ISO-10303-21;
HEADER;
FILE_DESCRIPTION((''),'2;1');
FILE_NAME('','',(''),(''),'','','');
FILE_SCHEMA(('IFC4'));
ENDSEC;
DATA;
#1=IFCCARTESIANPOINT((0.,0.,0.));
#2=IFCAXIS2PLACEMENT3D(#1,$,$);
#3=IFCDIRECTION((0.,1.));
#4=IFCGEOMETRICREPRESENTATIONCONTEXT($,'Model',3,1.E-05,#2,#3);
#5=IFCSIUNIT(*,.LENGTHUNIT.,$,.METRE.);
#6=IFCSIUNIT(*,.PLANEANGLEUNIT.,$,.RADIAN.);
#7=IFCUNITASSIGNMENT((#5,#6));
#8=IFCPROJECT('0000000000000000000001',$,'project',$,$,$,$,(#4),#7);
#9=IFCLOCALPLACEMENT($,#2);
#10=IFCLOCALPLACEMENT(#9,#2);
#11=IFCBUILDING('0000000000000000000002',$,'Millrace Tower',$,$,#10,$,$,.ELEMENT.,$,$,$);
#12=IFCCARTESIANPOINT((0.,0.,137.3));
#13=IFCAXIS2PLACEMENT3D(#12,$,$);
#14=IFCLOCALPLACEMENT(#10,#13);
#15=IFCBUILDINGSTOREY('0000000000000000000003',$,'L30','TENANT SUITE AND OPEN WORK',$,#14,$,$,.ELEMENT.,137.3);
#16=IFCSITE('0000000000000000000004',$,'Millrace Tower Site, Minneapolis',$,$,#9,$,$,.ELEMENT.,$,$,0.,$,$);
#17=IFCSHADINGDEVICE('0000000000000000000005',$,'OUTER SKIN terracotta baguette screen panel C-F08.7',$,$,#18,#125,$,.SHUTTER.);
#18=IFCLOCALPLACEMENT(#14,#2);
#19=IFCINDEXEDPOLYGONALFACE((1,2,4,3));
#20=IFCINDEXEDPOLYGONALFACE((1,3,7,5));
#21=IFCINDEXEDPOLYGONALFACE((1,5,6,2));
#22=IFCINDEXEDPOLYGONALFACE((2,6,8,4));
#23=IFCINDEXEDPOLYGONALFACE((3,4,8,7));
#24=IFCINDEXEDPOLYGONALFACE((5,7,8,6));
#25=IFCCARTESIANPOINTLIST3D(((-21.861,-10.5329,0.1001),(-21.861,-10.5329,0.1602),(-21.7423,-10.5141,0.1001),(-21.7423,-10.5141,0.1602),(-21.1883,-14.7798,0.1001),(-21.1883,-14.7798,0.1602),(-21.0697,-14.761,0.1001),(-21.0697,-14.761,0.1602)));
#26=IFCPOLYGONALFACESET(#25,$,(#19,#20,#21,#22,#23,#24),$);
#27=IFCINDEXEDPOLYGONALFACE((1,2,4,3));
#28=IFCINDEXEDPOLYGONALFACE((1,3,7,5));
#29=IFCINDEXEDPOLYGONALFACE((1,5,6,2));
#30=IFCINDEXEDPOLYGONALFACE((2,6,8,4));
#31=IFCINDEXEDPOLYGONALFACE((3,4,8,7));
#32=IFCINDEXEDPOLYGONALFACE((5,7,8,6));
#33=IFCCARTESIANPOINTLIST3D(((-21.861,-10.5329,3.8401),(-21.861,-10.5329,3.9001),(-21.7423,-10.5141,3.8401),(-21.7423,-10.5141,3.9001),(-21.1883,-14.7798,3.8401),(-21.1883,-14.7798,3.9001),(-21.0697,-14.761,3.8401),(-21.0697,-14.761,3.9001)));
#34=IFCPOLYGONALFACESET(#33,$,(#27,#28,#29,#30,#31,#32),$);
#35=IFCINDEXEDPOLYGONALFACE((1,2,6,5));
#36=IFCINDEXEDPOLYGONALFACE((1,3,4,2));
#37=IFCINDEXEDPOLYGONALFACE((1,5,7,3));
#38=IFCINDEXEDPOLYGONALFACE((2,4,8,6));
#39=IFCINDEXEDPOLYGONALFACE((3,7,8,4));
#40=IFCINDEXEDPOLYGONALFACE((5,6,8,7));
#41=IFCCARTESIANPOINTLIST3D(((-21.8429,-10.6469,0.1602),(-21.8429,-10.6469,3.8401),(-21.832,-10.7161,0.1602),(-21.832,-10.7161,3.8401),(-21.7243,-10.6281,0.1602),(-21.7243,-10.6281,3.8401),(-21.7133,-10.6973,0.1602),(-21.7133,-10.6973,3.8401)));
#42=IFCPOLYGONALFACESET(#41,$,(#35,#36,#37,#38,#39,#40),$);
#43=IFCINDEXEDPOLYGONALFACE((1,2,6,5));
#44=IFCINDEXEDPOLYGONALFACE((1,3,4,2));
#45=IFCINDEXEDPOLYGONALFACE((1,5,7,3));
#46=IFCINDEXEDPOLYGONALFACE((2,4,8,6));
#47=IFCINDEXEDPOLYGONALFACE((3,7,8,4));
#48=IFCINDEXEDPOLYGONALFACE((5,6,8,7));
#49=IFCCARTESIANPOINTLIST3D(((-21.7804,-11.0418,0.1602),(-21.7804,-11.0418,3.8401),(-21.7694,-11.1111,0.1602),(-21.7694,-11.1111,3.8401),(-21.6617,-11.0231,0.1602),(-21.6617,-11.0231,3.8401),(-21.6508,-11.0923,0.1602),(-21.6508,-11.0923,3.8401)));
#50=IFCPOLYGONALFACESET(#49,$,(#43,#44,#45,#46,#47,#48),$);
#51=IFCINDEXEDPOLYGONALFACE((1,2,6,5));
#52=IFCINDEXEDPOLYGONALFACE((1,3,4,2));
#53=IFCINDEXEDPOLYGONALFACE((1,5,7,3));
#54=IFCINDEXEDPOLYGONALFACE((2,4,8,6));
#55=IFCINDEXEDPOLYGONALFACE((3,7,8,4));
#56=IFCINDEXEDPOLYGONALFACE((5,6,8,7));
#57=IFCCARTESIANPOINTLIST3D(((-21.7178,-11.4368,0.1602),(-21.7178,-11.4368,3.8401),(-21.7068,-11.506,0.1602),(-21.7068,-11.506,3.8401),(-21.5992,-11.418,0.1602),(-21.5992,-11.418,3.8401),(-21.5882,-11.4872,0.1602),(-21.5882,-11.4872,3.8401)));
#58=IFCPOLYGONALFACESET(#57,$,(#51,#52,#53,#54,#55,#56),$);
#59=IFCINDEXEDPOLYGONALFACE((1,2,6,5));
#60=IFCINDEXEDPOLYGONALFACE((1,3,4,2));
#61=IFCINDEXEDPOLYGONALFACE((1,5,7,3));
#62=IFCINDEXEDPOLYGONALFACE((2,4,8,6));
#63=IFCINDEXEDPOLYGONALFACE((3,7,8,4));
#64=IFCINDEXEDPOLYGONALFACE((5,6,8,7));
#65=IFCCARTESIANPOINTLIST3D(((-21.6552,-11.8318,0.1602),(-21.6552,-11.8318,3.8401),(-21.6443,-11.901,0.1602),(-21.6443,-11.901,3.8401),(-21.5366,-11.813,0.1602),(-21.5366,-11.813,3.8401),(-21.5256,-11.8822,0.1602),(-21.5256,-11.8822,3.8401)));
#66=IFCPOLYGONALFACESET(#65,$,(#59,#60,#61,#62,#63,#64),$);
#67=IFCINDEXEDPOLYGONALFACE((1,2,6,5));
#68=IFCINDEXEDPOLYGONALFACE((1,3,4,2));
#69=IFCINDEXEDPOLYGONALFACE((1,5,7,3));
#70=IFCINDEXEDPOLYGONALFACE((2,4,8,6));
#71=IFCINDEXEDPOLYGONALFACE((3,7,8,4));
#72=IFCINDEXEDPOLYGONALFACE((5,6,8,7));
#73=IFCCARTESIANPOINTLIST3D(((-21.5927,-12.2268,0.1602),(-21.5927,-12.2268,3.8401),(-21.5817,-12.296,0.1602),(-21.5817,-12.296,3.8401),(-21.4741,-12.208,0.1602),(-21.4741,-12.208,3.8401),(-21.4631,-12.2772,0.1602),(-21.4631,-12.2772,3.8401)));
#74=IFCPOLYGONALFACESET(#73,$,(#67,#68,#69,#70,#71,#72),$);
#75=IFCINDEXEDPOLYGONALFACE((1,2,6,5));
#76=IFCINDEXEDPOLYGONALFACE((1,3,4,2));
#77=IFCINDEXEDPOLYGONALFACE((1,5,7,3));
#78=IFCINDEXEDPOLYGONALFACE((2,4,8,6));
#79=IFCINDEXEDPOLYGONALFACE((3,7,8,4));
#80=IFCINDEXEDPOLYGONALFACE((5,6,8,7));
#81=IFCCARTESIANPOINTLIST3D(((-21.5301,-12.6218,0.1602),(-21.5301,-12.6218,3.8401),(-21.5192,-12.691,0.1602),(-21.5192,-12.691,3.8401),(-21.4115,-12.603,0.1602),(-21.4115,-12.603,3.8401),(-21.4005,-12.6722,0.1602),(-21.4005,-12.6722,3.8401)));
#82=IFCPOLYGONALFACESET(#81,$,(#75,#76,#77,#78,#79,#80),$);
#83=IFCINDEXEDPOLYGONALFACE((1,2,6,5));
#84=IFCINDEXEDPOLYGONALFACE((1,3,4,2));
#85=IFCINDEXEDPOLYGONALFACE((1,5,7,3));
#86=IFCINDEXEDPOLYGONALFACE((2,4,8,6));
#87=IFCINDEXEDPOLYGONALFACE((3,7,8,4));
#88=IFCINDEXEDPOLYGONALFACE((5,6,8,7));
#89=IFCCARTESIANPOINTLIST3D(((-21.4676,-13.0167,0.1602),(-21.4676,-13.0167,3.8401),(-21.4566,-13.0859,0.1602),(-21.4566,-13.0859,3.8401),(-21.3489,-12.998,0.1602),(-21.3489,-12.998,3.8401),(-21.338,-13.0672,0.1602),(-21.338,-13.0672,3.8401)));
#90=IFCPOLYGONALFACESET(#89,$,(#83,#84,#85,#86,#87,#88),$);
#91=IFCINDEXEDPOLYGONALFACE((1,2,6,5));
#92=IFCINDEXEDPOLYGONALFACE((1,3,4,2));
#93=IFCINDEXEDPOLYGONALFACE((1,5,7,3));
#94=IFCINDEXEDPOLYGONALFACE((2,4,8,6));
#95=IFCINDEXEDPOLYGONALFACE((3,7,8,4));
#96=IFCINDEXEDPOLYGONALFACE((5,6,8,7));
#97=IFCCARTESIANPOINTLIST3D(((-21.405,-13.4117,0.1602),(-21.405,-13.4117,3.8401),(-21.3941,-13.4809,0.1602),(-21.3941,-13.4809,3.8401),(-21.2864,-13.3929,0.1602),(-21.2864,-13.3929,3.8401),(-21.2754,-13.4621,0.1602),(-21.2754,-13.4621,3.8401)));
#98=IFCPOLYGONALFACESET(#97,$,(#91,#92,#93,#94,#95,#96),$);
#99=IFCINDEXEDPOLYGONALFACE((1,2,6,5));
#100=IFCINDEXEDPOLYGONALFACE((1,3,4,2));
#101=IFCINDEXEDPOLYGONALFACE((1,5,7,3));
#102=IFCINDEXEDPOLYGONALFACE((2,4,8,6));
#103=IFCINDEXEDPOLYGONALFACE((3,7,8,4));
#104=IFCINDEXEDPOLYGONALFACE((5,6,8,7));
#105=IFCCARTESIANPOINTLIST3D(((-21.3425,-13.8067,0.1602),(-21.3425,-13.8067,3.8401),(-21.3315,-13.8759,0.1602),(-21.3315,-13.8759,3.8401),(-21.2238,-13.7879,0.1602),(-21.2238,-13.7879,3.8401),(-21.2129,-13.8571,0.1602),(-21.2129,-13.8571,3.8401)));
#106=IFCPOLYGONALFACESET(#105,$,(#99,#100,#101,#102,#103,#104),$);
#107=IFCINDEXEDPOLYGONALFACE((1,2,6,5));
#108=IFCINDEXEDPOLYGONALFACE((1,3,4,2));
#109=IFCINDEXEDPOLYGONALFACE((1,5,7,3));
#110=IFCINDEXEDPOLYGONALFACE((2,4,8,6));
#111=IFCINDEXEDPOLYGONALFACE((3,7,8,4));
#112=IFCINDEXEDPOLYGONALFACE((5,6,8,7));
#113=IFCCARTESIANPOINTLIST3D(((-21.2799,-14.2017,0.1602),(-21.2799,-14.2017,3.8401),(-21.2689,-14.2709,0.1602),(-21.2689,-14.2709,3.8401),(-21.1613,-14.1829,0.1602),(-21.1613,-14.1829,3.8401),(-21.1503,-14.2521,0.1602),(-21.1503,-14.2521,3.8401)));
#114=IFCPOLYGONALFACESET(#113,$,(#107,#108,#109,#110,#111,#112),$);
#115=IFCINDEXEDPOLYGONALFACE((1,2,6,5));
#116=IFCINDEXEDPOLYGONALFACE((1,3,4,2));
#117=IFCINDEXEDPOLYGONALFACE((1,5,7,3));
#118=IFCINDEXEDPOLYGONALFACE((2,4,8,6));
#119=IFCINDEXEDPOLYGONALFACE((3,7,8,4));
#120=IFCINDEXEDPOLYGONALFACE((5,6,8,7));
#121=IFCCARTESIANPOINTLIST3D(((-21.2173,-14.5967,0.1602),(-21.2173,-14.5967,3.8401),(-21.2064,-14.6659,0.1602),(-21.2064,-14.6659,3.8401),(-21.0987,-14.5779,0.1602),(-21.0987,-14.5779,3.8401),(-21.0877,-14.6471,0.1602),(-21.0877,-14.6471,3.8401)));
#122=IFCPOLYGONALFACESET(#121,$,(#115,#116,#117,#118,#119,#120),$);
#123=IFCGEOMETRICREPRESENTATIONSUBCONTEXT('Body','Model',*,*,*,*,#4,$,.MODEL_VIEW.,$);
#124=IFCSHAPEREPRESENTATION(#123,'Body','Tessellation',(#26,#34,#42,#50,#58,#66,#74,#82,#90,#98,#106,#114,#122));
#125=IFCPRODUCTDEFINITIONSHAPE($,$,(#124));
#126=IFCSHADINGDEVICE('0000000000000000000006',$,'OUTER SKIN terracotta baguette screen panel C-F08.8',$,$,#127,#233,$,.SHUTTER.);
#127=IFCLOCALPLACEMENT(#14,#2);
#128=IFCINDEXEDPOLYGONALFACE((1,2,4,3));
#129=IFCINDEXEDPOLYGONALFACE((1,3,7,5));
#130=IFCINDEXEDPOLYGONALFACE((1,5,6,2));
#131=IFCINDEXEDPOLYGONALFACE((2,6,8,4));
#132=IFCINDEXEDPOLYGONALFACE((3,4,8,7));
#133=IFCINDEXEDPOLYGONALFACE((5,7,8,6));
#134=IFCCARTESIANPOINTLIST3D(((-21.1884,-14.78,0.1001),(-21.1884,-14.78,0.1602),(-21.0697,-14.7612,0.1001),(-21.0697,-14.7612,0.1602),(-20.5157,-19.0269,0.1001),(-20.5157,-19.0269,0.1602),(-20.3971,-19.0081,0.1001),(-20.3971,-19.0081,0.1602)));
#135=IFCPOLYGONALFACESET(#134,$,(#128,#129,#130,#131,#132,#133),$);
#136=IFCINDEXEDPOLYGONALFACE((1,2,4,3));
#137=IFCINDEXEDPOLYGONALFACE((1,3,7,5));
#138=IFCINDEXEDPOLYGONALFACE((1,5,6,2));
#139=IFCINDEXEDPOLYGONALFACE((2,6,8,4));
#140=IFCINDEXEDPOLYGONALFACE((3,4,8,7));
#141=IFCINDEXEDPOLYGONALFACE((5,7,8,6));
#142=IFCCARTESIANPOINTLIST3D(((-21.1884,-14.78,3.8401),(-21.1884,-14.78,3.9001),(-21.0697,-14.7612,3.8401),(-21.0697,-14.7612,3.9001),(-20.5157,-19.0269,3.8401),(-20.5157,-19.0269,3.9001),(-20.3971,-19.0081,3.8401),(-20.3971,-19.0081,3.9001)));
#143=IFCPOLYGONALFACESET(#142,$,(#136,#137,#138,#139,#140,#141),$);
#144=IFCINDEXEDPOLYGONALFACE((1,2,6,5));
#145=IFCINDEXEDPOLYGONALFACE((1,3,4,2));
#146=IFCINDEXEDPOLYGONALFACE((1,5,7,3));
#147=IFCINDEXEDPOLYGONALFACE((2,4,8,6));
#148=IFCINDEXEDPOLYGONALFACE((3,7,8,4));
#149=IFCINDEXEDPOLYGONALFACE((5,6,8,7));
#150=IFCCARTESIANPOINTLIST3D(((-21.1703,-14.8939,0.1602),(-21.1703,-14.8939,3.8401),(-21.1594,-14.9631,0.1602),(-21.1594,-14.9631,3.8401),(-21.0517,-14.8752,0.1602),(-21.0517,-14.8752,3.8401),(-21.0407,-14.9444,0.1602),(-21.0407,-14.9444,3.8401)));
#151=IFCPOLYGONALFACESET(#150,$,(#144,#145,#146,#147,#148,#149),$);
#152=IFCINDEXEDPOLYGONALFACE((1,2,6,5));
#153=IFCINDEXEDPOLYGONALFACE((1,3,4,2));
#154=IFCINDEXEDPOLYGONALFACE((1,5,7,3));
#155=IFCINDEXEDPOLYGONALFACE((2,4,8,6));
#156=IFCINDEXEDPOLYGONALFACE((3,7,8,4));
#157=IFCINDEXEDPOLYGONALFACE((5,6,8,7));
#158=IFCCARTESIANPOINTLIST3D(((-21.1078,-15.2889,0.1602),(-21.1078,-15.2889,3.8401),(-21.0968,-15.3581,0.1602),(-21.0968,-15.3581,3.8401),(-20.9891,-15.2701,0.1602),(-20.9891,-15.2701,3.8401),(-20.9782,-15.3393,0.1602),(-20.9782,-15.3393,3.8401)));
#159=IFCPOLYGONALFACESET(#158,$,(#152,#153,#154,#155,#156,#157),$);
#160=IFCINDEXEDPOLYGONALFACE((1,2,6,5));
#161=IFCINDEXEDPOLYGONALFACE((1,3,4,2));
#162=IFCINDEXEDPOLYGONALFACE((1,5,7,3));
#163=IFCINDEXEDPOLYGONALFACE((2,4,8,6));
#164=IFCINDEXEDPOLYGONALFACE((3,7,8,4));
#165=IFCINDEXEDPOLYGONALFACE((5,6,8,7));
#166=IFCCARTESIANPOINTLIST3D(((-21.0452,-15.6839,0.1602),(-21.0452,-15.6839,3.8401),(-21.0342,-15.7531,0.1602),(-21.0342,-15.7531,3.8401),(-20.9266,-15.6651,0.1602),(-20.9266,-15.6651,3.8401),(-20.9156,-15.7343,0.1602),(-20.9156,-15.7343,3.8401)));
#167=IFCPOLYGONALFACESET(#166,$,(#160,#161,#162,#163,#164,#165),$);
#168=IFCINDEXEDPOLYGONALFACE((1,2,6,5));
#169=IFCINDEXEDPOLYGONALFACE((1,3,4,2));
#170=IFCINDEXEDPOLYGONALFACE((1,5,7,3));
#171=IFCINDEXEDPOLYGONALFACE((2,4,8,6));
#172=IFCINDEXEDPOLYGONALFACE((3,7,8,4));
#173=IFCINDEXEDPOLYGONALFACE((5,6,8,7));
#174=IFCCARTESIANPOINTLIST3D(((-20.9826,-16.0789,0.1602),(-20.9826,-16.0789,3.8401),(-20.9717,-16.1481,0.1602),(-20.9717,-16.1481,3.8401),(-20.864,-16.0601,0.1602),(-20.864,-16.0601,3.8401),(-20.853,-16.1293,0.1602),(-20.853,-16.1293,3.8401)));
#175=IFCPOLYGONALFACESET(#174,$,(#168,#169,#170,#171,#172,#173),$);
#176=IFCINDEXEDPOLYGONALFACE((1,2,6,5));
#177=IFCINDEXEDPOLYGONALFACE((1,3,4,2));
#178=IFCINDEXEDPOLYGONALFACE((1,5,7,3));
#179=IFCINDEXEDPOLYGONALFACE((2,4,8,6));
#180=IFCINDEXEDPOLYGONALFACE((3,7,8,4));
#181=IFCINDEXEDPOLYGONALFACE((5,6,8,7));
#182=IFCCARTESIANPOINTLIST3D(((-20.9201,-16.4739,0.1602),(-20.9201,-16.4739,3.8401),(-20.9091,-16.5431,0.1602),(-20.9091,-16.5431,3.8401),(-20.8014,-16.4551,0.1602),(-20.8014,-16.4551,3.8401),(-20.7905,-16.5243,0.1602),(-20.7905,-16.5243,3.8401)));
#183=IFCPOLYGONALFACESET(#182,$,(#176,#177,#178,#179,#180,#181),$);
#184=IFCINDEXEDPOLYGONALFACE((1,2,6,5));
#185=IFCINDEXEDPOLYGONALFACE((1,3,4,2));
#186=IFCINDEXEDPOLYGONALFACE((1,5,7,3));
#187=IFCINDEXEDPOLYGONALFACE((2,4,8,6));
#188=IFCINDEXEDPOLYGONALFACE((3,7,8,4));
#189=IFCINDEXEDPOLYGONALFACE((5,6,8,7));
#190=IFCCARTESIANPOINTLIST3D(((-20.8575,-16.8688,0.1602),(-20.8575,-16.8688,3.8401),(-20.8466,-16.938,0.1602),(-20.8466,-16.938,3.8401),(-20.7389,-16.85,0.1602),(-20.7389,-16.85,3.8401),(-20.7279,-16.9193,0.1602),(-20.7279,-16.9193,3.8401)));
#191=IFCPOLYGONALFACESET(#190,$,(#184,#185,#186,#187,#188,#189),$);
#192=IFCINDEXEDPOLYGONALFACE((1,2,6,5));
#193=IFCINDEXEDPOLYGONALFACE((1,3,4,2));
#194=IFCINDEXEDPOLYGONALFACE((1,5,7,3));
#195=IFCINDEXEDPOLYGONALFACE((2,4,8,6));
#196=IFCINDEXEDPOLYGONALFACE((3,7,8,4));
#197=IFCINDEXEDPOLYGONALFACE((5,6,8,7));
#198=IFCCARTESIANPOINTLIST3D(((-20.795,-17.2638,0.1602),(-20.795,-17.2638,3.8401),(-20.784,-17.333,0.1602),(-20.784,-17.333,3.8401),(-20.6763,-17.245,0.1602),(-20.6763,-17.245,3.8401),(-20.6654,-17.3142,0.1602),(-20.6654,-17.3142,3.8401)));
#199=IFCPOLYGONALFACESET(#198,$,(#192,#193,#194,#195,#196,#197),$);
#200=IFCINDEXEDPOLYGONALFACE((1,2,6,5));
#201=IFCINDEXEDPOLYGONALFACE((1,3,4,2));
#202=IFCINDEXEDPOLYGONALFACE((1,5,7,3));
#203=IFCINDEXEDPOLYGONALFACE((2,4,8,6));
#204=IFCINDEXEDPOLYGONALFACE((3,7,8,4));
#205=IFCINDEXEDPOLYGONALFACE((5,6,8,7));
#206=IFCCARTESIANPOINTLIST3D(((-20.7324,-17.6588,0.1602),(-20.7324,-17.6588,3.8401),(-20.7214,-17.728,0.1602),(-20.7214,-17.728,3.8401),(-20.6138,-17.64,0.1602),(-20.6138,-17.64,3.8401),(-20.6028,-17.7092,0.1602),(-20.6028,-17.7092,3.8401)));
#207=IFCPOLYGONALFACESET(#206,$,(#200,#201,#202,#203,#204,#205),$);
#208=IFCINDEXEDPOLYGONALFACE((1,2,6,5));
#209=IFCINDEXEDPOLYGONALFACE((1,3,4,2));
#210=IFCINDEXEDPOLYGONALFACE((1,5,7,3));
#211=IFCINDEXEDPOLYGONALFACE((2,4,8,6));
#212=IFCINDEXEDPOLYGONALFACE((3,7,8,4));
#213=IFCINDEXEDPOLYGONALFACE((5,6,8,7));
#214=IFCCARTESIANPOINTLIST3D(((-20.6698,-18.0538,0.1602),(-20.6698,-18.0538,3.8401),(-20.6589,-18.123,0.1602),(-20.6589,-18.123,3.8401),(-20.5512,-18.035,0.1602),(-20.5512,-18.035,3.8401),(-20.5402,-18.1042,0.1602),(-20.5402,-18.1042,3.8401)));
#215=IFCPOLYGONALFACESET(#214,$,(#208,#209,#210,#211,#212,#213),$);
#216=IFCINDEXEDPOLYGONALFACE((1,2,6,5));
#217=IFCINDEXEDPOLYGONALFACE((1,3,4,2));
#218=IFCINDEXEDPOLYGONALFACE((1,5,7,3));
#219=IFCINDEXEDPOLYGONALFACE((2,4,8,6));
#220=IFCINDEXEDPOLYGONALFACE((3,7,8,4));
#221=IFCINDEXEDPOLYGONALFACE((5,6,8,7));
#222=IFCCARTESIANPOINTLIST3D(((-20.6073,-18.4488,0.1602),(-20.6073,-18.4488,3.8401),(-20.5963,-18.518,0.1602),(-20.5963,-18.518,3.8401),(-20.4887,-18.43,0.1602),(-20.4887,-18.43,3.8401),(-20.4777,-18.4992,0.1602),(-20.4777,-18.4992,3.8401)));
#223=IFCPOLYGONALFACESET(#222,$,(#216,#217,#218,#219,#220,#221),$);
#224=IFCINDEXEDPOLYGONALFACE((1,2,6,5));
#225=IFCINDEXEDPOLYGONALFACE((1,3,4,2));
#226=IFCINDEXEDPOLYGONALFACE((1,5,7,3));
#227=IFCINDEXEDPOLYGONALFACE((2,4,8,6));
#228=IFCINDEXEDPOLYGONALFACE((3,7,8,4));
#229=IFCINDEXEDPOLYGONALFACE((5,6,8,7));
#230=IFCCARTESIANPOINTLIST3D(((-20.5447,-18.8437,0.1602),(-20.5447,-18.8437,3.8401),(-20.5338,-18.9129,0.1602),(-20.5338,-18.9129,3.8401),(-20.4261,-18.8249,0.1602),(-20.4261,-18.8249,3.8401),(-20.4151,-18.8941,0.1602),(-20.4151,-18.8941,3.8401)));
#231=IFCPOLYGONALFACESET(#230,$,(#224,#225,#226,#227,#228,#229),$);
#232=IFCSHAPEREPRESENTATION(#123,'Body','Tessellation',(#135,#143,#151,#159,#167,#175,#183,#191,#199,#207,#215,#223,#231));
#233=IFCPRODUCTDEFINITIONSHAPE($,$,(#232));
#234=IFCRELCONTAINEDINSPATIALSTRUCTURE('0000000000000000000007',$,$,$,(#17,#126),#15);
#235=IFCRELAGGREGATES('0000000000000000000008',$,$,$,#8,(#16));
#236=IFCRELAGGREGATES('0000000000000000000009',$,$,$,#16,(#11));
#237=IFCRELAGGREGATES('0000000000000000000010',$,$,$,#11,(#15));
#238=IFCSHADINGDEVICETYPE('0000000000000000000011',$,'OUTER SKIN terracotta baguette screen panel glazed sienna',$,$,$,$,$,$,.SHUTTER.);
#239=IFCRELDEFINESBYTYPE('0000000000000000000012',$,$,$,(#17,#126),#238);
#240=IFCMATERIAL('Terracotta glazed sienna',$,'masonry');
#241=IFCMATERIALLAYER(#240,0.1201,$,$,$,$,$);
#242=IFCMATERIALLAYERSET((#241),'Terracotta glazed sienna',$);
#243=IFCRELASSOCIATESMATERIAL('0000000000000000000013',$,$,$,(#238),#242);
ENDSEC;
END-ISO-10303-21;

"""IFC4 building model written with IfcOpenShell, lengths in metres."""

from ifc_helpers import new_model, entity, si_unit, direction, frame, frame_2d, origin, origin_2d, place, context, subcontext, project, spatial, rectangle, extrude, source, transform, mapped, material, layer, layer_set, type_object, element, save


model = new_model("IFC4")

# Units and contexts
model_context = context("Model", 3, precision=1e-05, world=origin(), true_north=direction((0.0, 1.0)))
body_context = subcontext(model_context, "Body", "Model", "MODEL_VIEW")
ifc_project = project(units=[si_unit("LENGTHUNIT", "METRE"), si_unit("PLANEANGLEUNIT", "RADIAN")], contexts=[model_context])

# Site, building, storey
site_placement = place(None, origin())
site = spatial("IfcSite", under=ifc_project, at=site_placement, Name="Millrace Tower Site, Minneapolis", CompositionType="ELEMENT", RefElevation=0.0)
building_placement = place(site_placement, origin())
building = spatial("IfcBuilding", under=site, at=building_placement, Name="Millrace Tower", CompositionType="ELEMENT")
storey_placement = place(building_placement, frame((0.0, 0.0, 137.3)))
storey = spatial("IfcBuildingStorey", under=building, at=storey_placement, Name="L30", Description="TENANT SUITE AND OPEN WORK", CompositionType="ELEMENT", Elevation=137.3)

# Shading devices
ifc_material_1 = material(Name="Terracotta glazed sienna", Category="masonry")
ifc_layer_1 = layer(ifc_material_1, 0.1201)
ifc_layer_set_1 = layer_set([ifc_layer_1], Name="Terracotta glazed sienna")
shading_device_type = type_object("IfcShadingDeviceType", Name="OUTER SKIN terracotta baguette screen panel glazed sienna", PredefinedType="SHUTTER", material=ifc_layer_set_1)
cartesian_point_1 = entity("IfcCartesianPoint", [-2.1499, 0.0601])
shared_polyline_1 = entity("IfcPolyline", [cartesian_point_1, entity("IfcCartesianPoint", [2.1499, 0.0601]), entity("IfcCartesianPoint", [2.1499, -0.0601]), entity("IfcCartesianPoint", [-2.1499, -0.0601]), cartesian_point_1])
shared_shape_1 = source(origin(), body_context, "Body", "SweptSolid", [
    entity("IfcExtrudedAreaSolid", entity("IfcArbitraryClosedProfileDef", "AREA", None, shared_polyline_1), entity("IfcAxis2Placement3D", entity("IfcCartesianPoint", [0.0, 0.0, 0.0])), entity("IfcDirection", [0.0, 0.0, 1.0]), 0.0601),
    entity("IfcExtrudedAreaSolid", entity("IfcArbitraryClosedProfileDef", "AREA", None, shared_polyline_1), entity("IfcAxis2Placement3D", entity("IfcCartesianPoint", [0.0, 0.0, 3.74])), entity("IfcDirection", [0.0, 0.0, 1.0]), 0.0601),
    extrude(rectangle(XDim=0.0701, YDim=0.1201, at=frame_2d((-1.9995, 0.0))), frame((0.0, 0.0, 0.0601)), (0.0, 0.0, 1.0), 3.6799),
    extrude(rectangle(XDim=0.0701, YDim=0.1201, at=frame_2d((-1.5996, 0.0))), frame((0.0, 0.0, 0.0601)), (0.0, 0.0, 1.0), 3.6799),
    extrude(rectangle(XDim=0.0701, YDim=0.1201, at=frame_2d((-1.1997, 0.0))), frame((0.0, 0.0, 0.0601)), (0.0, 0.0, 1.0), 3.6799),
    extrude(rectangle(XDim=0.0701, YDim=0.1201, at=frame_2d((-0.7998, 0.0))), frame((0.0, 0.0, 0.0601)), (0.0, 0.0, 1.0), 3.6799),
    extrude(rectangle(XDim=0.0701, YDim=0.1201, at=frame_2d((-0.3999, 0.0))), frame((0.0, 0.0, 0.0601)), (0.0, 0.0, 1.0), 3.6799),
    extrude(rectangle(XDim=0.0701, YDim=0.1201, at=origin_2d()), frame((0.0, 0.0, 0.0601)), (0.0, 0.0, 1.0), 3.6799),
    extrude(rectangle(XDim=0.0701, YDim=0.1201, at=frame_2d((0.3999, 0.0))), frame((0.0, 0.0, 0.0601)), (0.0, 0.0, 1.0), 3.6799),
    extrude(rectangle(XDim=0.0701, YDim=0.1201, at=frame_2d((0.7998, 0.0))), frame((0.0, 0.0, 0.0601)), (0.0, 0.0, 1.0), 3.6799),
    extrude(rectangle(XDim=0.0701, YDim=0.1201, at=frame_2d((1.1997, 0.0))), frame((0.0, 0.0, 0.0601)), (0.0, 0.0, 1.0), 3.6799),
    extrude(rectangle(XDim=0.0701, YDim=0.1201, at=frame_2d((1.5996, 0.0))), frame((0.0, 0.0, 0.0601)), (0.0, 0.0, 1.0), 3.6799),
    extrude(rectangle(XDim=0.0701, YDim=0.1201, at=frame_2d((1.9995, 0.0))), frame((0.0, 0.0, 0.0601)), (0.0, 0.0, 1.0), 3.6799),
])
for number, where, z_axis, x_axis, name in (
    (1, (-21.4653, -12.647, 0.1001), (0.0, 0.0, 1.0), (0.156434, -0.987688, 0.0), "OUTER SKIN terracotta baguette screen panel C-F08.7"),
    (2, (-20.7927, -16.894, 0.1001), (0.0, 0.0, 1.0), (0.156434, -0.987688, 0.0), "OUTER SKIN terracotta baguette screen panel C-F08.8"),
):
    element("IfcShadingDevice", number, at=place(storey_placement, frame(where, z_axis=z_axis, x_axis=x_axis)), inside=storey, type_object=shading_device_type, Name=name, PredefinedType="SHUTTER", context=body_context, shape_type="MappedRepresentation", body=[
        mapped(shared_shape_1, transform((0.0, 0.0, 0.0), scale=1.0)),
    ])

save(model, "model.ifc")
